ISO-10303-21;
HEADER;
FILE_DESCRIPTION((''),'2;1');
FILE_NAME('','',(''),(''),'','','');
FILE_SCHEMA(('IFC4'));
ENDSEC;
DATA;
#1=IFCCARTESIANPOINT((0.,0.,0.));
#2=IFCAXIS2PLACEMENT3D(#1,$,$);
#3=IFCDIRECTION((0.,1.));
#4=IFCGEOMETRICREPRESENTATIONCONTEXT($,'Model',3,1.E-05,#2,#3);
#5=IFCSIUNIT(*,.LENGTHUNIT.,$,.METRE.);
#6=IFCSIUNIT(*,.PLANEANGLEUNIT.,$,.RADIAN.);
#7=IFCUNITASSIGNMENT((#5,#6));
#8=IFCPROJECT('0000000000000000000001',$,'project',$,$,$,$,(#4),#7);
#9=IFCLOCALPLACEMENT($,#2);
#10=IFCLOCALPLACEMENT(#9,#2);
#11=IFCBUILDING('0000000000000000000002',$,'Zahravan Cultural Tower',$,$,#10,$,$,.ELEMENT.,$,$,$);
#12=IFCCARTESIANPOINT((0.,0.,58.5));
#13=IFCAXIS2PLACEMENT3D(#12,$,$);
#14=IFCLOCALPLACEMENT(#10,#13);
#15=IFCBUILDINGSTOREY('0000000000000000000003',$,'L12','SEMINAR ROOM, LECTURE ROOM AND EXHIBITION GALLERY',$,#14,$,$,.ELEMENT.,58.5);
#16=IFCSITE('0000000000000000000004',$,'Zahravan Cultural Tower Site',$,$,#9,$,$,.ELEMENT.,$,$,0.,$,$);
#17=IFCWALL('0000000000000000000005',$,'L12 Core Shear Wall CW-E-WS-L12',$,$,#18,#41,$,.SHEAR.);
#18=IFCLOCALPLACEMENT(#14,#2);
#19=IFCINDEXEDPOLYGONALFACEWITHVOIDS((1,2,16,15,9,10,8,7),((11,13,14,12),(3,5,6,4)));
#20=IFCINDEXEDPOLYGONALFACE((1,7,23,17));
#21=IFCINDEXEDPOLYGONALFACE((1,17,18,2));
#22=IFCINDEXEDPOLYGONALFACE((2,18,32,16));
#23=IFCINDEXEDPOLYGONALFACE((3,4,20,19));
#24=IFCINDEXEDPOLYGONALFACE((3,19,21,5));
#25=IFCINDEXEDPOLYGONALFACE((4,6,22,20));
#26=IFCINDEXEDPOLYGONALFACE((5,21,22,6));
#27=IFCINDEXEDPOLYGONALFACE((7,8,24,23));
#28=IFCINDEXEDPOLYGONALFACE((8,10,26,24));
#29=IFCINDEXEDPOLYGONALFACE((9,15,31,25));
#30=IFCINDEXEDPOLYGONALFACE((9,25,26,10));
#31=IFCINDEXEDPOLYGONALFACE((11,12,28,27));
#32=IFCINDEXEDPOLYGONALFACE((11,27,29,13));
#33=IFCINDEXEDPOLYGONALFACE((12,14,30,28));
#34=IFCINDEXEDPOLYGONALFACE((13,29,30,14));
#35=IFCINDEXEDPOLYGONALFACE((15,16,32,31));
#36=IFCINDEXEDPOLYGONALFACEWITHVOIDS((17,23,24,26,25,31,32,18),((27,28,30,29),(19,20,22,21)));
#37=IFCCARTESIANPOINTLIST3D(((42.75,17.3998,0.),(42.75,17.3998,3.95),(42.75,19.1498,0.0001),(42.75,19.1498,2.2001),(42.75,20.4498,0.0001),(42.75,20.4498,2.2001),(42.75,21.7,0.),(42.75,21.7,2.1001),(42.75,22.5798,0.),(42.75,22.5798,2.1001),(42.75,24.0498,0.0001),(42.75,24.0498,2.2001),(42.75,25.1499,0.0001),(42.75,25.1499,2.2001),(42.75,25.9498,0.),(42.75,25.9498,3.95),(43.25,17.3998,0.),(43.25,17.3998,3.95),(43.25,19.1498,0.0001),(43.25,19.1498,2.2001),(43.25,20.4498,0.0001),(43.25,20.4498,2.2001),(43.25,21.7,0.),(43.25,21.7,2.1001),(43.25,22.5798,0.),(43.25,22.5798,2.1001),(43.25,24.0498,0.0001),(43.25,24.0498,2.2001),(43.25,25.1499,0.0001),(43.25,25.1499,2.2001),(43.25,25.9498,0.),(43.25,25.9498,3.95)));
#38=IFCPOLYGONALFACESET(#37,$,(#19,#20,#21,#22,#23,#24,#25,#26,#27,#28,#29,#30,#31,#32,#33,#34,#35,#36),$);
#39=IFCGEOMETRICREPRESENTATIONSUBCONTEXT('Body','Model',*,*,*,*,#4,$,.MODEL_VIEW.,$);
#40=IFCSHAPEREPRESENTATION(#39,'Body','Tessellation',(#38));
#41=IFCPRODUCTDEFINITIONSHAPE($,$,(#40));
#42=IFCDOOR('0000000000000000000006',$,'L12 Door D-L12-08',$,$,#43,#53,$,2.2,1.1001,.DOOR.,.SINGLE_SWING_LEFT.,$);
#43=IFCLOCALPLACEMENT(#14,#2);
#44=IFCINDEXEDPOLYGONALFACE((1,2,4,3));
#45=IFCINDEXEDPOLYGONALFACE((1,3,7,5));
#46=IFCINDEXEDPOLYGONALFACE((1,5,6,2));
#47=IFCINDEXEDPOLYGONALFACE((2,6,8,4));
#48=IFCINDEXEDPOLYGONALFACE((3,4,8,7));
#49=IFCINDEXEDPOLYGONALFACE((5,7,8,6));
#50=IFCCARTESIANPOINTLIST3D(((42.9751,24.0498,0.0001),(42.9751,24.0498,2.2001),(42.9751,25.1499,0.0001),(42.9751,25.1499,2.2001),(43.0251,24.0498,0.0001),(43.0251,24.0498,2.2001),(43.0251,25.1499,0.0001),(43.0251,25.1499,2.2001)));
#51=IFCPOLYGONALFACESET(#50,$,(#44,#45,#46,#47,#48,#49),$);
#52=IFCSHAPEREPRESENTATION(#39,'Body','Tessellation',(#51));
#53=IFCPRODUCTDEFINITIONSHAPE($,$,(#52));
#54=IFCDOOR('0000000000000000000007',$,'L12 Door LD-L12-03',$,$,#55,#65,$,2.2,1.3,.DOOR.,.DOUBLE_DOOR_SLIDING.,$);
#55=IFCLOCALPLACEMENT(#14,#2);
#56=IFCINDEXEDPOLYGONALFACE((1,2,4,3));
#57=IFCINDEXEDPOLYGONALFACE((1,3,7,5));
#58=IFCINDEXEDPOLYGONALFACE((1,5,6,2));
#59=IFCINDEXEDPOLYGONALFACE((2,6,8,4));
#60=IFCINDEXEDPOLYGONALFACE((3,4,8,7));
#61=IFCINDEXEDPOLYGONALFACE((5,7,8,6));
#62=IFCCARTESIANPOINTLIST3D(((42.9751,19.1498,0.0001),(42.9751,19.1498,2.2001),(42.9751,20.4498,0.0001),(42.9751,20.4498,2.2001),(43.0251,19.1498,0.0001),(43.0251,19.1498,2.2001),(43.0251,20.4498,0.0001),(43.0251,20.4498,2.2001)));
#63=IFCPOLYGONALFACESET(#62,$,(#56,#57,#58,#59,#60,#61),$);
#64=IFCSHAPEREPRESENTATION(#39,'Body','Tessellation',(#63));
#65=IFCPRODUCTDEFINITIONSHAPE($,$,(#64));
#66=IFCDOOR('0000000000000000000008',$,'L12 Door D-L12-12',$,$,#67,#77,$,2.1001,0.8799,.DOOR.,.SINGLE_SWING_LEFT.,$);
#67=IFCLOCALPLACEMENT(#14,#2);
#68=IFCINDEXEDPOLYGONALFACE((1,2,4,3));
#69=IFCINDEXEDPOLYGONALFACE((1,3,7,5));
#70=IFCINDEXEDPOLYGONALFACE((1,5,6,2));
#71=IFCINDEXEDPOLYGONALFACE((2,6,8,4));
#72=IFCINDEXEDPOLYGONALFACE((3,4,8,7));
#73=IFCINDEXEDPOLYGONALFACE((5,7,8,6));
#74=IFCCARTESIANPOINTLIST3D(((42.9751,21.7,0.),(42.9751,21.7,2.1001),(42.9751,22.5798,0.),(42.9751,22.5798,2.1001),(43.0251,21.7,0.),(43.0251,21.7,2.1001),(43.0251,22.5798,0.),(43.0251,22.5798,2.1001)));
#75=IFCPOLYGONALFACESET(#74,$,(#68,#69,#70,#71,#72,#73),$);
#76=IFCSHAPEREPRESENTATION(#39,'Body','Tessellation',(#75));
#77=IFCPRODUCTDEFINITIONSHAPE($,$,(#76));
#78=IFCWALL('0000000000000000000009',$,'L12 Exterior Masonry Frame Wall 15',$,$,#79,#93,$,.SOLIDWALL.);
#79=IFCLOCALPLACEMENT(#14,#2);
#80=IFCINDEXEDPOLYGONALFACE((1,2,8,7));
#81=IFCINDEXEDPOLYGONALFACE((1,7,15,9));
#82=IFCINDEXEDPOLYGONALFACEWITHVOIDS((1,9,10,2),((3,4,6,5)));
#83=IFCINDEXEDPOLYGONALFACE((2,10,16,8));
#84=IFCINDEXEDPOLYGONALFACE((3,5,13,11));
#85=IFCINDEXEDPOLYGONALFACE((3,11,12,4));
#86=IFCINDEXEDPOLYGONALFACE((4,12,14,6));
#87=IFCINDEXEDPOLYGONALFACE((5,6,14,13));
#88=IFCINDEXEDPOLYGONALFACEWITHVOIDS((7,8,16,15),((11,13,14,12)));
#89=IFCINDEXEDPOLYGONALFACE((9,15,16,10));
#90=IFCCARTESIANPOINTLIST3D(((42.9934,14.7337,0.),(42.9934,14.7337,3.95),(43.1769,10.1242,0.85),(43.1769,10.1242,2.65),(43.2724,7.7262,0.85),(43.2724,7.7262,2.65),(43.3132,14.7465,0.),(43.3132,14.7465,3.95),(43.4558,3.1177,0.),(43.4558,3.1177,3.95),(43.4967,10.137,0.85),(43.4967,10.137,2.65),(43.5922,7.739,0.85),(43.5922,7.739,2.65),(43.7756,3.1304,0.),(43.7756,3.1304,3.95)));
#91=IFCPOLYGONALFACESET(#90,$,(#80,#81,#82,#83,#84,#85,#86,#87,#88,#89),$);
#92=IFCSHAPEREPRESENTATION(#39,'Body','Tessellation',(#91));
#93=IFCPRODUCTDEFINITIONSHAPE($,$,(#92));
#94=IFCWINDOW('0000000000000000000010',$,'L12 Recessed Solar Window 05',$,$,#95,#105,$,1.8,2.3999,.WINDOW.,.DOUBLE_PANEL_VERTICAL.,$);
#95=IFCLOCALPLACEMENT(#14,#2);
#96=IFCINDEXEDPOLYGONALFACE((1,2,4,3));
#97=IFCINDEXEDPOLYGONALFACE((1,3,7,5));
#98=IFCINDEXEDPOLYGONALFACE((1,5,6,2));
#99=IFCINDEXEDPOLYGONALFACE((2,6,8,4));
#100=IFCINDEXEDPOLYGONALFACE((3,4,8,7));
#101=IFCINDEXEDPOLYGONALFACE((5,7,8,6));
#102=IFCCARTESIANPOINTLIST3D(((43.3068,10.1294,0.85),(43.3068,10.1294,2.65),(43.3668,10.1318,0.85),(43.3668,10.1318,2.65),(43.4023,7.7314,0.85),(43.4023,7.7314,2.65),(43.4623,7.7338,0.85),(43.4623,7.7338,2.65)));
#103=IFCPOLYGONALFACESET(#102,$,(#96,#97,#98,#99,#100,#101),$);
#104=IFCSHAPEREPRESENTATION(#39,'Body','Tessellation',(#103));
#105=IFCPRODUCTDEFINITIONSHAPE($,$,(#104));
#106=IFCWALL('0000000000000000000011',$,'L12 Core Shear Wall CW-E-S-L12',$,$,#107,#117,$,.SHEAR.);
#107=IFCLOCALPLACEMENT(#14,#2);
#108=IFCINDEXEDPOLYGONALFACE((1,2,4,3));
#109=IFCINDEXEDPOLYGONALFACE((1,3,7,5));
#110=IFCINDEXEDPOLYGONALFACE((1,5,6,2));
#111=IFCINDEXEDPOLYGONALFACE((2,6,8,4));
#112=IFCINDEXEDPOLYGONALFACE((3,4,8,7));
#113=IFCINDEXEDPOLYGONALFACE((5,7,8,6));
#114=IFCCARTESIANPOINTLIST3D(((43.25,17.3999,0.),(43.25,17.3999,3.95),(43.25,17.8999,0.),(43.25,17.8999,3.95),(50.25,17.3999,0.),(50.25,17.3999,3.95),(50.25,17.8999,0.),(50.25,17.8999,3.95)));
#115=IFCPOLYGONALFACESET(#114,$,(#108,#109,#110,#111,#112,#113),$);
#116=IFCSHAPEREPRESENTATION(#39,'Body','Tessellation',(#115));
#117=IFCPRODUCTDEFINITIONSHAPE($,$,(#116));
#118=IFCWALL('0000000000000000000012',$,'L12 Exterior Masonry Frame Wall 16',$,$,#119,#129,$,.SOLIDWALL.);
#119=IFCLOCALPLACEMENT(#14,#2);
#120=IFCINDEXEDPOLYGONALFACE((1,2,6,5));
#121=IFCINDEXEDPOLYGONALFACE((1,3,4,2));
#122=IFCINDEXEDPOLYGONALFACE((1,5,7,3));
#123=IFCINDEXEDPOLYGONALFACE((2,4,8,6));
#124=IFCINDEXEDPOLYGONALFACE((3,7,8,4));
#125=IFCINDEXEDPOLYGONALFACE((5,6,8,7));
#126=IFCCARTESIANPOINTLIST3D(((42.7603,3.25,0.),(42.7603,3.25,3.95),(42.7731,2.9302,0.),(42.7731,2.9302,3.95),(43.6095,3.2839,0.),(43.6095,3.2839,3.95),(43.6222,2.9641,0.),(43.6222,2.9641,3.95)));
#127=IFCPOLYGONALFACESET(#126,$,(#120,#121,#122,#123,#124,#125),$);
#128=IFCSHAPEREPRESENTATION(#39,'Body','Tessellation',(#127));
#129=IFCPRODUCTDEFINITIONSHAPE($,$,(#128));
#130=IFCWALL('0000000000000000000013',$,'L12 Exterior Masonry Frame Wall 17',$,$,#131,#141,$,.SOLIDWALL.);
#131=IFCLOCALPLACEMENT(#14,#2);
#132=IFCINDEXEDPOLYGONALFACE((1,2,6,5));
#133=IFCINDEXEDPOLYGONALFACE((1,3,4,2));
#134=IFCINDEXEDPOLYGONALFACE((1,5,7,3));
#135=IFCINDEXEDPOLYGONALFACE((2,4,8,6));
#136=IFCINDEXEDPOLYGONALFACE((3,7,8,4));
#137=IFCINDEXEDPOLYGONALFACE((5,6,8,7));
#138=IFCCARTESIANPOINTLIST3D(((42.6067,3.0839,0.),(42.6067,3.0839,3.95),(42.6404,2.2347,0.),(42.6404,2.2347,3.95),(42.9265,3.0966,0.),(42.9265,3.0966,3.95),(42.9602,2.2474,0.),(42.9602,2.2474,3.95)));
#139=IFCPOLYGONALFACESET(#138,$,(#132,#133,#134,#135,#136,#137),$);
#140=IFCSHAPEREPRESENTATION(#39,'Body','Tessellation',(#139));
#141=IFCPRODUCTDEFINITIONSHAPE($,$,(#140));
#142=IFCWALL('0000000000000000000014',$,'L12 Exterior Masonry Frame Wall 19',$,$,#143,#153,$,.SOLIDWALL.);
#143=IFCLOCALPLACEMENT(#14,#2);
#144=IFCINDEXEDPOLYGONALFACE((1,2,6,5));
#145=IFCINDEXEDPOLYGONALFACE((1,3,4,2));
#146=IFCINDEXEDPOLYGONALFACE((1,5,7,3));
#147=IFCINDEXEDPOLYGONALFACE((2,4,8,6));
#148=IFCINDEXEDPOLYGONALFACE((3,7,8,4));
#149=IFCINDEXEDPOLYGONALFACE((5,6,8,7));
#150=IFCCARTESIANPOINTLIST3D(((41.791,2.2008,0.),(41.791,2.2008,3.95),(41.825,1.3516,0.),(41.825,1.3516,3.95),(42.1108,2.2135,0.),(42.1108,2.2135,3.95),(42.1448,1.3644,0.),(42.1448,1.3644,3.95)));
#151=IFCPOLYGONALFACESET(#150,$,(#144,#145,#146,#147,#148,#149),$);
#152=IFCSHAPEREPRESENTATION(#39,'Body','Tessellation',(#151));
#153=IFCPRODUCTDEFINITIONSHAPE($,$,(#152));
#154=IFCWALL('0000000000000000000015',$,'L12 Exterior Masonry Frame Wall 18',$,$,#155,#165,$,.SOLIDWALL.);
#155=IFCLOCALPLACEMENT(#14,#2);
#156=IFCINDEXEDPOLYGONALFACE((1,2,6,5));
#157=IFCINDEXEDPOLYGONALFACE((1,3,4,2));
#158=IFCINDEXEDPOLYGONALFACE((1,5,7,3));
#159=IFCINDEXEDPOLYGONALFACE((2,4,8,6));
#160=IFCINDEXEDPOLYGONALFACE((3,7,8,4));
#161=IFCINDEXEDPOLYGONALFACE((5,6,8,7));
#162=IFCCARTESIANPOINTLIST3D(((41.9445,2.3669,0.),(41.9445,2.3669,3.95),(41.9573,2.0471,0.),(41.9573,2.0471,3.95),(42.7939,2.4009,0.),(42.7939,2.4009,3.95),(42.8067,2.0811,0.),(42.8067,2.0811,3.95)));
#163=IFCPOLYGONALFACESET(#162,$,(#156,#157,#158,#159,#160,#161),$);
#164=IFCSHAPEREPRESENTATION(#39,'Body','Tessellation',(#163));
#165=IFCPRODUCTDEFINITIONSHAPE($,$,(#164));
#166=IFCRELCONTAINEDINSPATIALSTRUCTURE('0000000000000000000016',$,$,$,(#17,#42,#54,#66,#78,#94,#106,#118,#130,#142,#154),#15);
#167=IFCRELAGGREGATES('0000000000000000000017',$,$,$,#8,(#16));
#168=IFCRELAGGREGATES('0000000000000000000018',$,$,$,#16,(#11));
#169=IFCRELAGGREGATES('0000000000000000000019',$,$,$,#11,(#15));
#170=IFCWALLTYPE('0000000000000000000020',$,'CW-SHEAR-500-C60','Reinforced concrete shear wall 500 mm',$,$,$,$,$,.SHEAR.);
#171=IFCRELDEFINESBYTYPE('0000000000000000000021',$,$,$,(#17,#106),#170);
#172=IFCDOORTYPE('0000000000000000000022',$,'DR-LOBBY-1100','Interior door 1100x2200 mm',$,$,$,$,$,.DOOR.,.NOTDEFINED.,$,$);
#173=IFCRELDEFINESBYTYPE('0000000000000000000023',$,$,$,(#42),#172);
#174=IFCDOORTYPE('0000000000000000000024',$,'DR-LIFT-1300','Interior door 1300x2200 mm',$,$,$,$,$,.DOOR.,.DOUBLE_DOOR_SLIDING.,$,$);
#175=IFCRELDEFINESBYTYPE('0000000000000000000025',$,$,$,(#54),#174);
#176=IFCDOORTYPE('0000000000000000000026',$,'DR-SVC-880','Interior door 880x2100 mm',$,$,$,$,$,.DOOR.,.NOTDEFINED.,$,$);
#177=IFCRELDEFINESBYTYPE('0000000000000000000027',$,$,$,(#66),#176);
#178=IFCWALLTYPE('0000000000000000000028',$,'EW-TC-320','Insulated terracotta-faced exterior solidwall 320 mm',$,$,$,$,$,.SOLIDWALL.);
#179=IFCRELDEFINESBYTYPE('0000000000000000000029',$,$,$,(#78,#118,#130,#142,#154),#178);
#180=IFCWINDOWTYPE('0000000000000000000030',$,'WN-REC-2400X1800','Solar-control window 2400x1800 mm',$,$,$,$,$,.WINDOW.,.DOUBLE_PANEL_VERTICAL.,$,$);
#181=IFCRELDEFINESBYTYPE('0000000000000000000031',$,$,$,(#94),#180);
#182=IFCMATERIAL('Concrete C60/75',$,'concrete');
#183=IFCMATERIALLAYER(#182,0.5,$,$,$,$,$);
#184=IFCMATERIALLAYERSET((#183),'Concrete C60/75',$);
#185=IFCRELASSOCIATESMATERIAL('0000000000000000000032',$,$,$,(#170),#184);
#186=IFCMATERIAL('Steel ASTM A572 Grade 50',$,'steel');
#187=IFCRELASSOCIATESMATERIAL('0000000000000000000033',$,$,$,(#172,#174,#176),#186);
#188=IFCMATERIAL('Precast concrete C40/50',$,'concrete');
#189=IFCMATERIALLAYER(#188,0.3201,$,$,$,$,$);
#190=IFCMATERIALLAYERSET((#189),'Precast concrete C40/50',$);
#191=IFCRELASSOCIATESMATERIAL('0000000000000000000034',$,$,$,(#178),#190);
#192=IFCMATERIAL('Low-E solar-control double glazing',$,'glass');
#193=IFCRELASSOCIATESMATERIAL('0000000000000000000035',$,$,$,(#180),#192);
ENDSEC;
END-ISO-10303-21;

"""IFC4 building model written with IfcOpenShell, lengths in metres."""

from ifc_helpers import new_model, si_unit, direction, frame, frame_2d, origin, place, context, subcontext, project, spatial, rectangle, extrude, source, transform, mapped, material, layer, layer_set, type_object, element, fill, save


model = new_model("IFC4")

# Units and contexts
model_context = context("Model", 3, precision=1e-05, world=origin(), true_north=direction((0.0, 1.0)))
body_context = subcontext(model_context, "Body", "Model", "MODEL_VIEW")
ifc_project = project(units=[si_unit("LENGTHUNIT", "METRE"), si_unit("PLANEANGLEUNIT", "RADIAN")], contexts=[model_context])

# Site, building, storey
site_placement = place(None, origin())
site = spatial("IfcSite", under=ifc_project, at=site_placement, Name="Zahravan Cultural Tower Site", CompositionType="ELEMENT", RefElevation=0.0)
building_placement = place(site_placement, origin())
building = spatial("IfcBuilding", under=site, at=building_placement, Name="Zahravan Cultural Tower", CompositionType="ELEMENT")
storey_placement = place(building_placement, frame((0.0, 0.0, 58.5)))
storey = spatial("IfcBuildingStorey", under=building, at=storey_placement, Name="L12", Description="SEMINAR ROOM, LECTURE ROOM AND EXHIBITION GALLERY", CompositionType="ELEMENT", Elevation=58.5)

# Shared definitions
ifc_material_1 = material(Name="Concrete C60/75", Category="concrete")
ifc_material_2 = material(Name="Steel ASTM A572 Grade 50", Category="steel")

# Wall, openings, doors
ifc_layer_1 = layer(ifc_material_1, 0.5)
ifc_layer_set_1 = layer_set([ifc_layer_1], Name="Concrete C60/75")
wall_type_1 = type_object("IfcWallType", Name="CW-SHEAR-500-C60", Description="Reinforced concrete shear wall 500 mm", PredefinedType="SHEAR", material=ifc_layer_set_1)
wall_1_placement = place(storey_placement, frame((43.0, 17.3999, 0.0), z_axis=(0.0, 0.0, 1.0), x_axis=(0.0, 1.0, 0.0)))
wall_1 = element("IfcWall", 1, at=wall_1_placement, inside=storey, type_object=wall_type_1, Name="L12 Core Shear Wall CW-E-WS-L12", PredefinedType="SHEAR", context=body_context, shape_type="SweptSolid", body=[
    extrude(rectangle(XDim=8.55, YDim=0.5, at=frame_2d((4.2749, 0.0))), origin(), (0.0, 0.0, 1.0), 3.95),
])
opening_1_placement = place(wall_1_placement, frame((6.6499, 0.0, 0.0)))
opening_1 = element("IfcOpeningElement", 2, at=opening_1_placement, cuts=wall_1, PredefinedType="OPENING", context=body_context, shape_type="SweptSolid", body=[
    extrude(rectangle(XDim=1.1001, YDim=2.2, at=frame_2d((0.55, 1.1001))), frame((0.0, 0.26, 0.0), z_axis=(0.0, -1.0, 0.0), x_axis=(1.0, 0.0, 0.0)), (0.0, 0.0, 1.0), 0.52),
])
opening_2_placement = place(wall_1_placement, frame((1.75, 0.0, 0.0)))
opening_2 = element("IfcOpeningElement", 3, at=opening_2_placement, cuts=wall_1, PredefinedType="OPENING", context=body_context, shape_type="SweptSolid", body=[
    extrude(rectangle(XDim=1.3, YDim=2.2, at=frame_2d((0.6499, 1.1001))), frame((0.0, 0.26, 0.0), z_axis=(0.0, -1.0, 0.0), x_axis=(1.0, 0.0, 0.0)), (0.0, 0.0, 1.0), 0.52),
])
opening_3_placement = place(wall_1_placement, frame((4.3, 0.0, 0.0)))
opening_3 = element("IfcOpeningElement", 4, at=opening_3_placement, cuts=wall_1, PredefinedType="OPENING", context=body_context, shape_type="SweptSolid", body=[
    extrude(rectangle(XDim=0.8799, YDim=2.1001, at=frame_2d((0.4399, 1.05))), frame((0.0, 0.26, 0.0), z_axis=(0.0, -1.0, 0.0), x_axis=(1.0, 0.0, 0.0)), (0.0, 0.0, 1.0), 0.52),
])
door_type_1 = type_object("IfcDoorType", Name="DR-LOBBY-1100", Description="Interior door 1100x2200 mm", OperationType="NOTDEFINED", PredefinedType="DOOR", material=ifc_material_2)
shared_shape_1 = source(origin(), body_context, "Body", "SweptSolid", [
    extrude(rectangle(XDim=1.1001, YDim=2.2, at=frame_2d((0.55, 1.1001))), frame((0.0, 0.0249, 0.0), z_axis=(0.0, -1.0, 0.0), x_axis=(1.0, 0.0, 0.0)), (0.0, 0.0, 1.0), 0.05),
])
door_1_placement = place(opening_1_placement, origin())
door_1 = element("IfcDoor", 5, at=door_1_placement, inside=storey, type_object=door_type_1, Name="L12 Door D-L12-08", OperationType="SINGLE_SWING_LEFT", OverallHeight=2.2, OverallWidth=1.1001, PredefinedType="DOOR", context=body_context, shape_type="MappedRepresentation", body=[
    mapped(shared_shape_1, transform((0.0, 0.0, 0.0), x_axis=(1.0, 0.0, 0.0), y_axis=(0.0, 1.0, 0.0), z_axis=(0.0, 0.0, 1.0), scale=1.0)),
])
fill(opening_1, door_1)
door_type_2 = type_object("IfcDoorType", Name="DR-LIFT-1300", Description="Interior door 1300x2200 mm", OperationType="DOUBLE_DOOR_SLIDING", PredefinedType="DOOR", material=ifc_material_2)
shared_shape_2 = source(origin(), body_context, "Body", "SweptSolid", [
    extrude(rectangle(XDim=1.3, YDim=2.2, at=frame_2d((0.6499, 1.1001))), frame((0.0, 0.0249, 0.0), z_axis=(0.0, -1.0, 0.0), x_axis=(1.0, 0.0, 0.0)), (0.0, 0.0, 1.0), 0.05),
])
door_2_placement = place(opening_2_placement, origin())
door_2 = element("IfcDoor", 6, at=door_2_placement, inside=storey, type_object=door_type_2, Name="L12 Door LD-L12-03", OperationType="DOUBLE_DOOR_SLIDING", OverallHeight=2.2, OverallWidth=1.3, PredefinedType="DOOR", context=body_context, shape_type="MappedRepresentation", body=[
    mapped(shared_shape_2, transform((0.0, 0.0, 0.0), x_axis=(1.0, 0.0, 0.0), y_axis=(0.0, 1.0, 0.0), z_axis=(0.0, 0.0, 1.0), scale=1.0)),
])
fill(opening_2, door_2)
door_type_3 = type_object("IfcDoorType", Name="DR-SVC-880", Description="Interior door 880x2100 mm", OperationType="NOTDEFINED", PredefinedType="DOOR", material=ifc_material_2)
shared_shape_3 = source(origin(), body_context, "Body", "SweptSolid", [
    extrude(rectangle(XDim=0.8799, YDim=2.1001, at=frame_2d((0.4399, 1.05))), frame((0.0, 0.0249, 0.0), z_axis=(0.0, -1.0, 0.0), x_axis=(1.0, 0.0, 0.0)), (0.0, 0.0, 1.0), 0.05),
])
door_3_placement = place(opening_3_placement, origin())
door_3 = element("IfcDoor", 7, at=door_3_placement, inside=storey, type_object=door_type_3, Name="L12 Door D-L12-12", OperationType="SINGLE_SWING_LEFT", OverallHeight=2.1001, OverallWidth=0.8799, PredefinedType="DOOR", context=body_context, shape_type="MappedRepresentation", body=[
    mapped(shared_shape_3, transform((0.0, 0.0, 0.0), x_axis=(1.0, 0.0, 0.0), y_axis=(0.0, 1.0, 0.0), z_axis=(0.0, 0.0, 1.0), scale=1.0)),
])
fill(opening_3, door_3)

# Wall, opening, window
ifc_material_3 = material(Name="Precast concrete C40/50", Category="concrete")
ifc_layer_2 = layer(ifc_material_3, 0.3201)
ifc_layer_set_2 = layer_set([ifc_layer_2], Name="Precast concrete C40/50")
wall_type_2 = type_object("IfcWallType", Name="EW-TC-320", Description="Insulated terracotta-faced exterior solidwall 320 mm", PredefinedType="SOLIDWALL", material=ifc_layer_set_2)
wall_2_placement = place(storey_placement, frame((43.1533, 14.74, 0.0), z_axis=(0.0, 0.0, 1.0), x_axis=(0.039776, -0.999209, 0.0)))
wall_2 = element("IfcWall", 8, at=wall_2_placement, inside=storey, type_object=wall_type_2, Name="L12 Exterior Masonry Frame Wall 15", PredefinedType="SOLIDWALL", context=body_context, shape_type="SweptSolid", body=[
    extrude(rectangle(XDim=11.6252, YDim=0.3201, at=frame_2d((5.8125, 0.0))), origin(), (0.0, 0.0, 1.0), 3.95),
])
opening_4_placement = place(wall_2_placement, frame((4.613, 0.0, 0.8501)))
opening_4 = element("IfcOpeningElement", 9, at=opening_4_placement, cuts=wall_2, PredefinedType="OPENING", context=body_context, shape_type="SweptSolid", body=[
    extrude(rectangle(XDim=2.3999, YDim=1.8, at=frame_2d((1.2, 0.8999))), frame((0.0, 0.1699, 0.0), z_axis=(0.0, -1.0, 0.0), x_axis=(1.0, 0.0, 0.0)), (0.0, 0.0, 1.0), 0.3401),
])
ifc_material_4 = material(Name="Low-E solar-control double glazing", Category="glass")
window_type = type_object("IfcWindowType", Name="WN-REC-2400X1800", Description="Solar-control window 2400x1800 mm", PartitioningType="DOUBLE_PANEL_VERTICAL", PredefinedType="WINDOW", material=ifc_material_4)
shared_shape_4 = source(origin(), body_context, "Body", "SweptSolid", [
    extrude(rectangle(XDim=2.3999, YDim=1.8, at=frame_2d((1.2, 0.8999))), frame((0.0, 0.03, 0.0), z_axis=(0.0, -1.0, 0.0), x_axis=(1.0, 0.0, 0.0)), (0.0, 0.0, 1.0), 0.0601),
])
window_placement = place(opening_4_placement, origin())
window = element("IfcWindow", 10, at=window_placement, inside=storey, type_object=window_type, Name="L12 Recessed Solar Window 05", OverallHeight=1.8, OverallWidth=2.3999, PartitioningType="DOUBLE_PANEL_VERTICAL", PredefinedType="WINDOW", context=body_context, shape_type="MappedRepresentation", body=[
    mapped(shared_shape_4, transform((0.0, 0.0, 0.0), x_axis=(1.0, 0.0, 0.0), y_axis=(0.0, 1.0, 0.0), z_axis=(0.0, 0.0, 1.0), scale=1.0)),
])
fill(opening_4, window)

# Walls
shared_shape_5 = source(origin(), body_context, "Body", "SweptSolid", [
    extrude(rectangle(XDim=7.0, YDim=0.5, at=frame_2d((3.5, 0.0))), origin(), (0.0, 0.0, 1.0), 3.95),
])
wall_3_placement = place(storey_placement, frame((43.25, 17.6499, 0.0), z_axis=(0.0, 0.0, 1.0), x_axis=(1.0, 0.0, 0.0)))
element("IfcWall", 11, at=wall_3_placement, inside=storey, type_object=wall_type_1, Name="L12 Core Shear Wall CW-E-S-L12", PredefinedType="SHEAR", context=body_context, shape_type="MappedRepresentation", body=[
    mapped(shared_shape_5, transform((0.0, 0.0, 0.0), x_axis=(1.0, 0.0, 0.0), y_axis=(0.0, 1.0, 0.0), z_axis=(0.0, 0.0, 1.0), scale=1.0)),
])
shared_shape_6 = source(origin(), body_context, "Body", "SweptSolid", [
    extrude(rectangle(XDim=0.8499, YDim=0.3201, at=frame_2d((0.4248, 0.0))), origin(), (0.0, 0.0, 1.0), 3.95),
])
for number, where, z_axis, x_axis, name in (
    (12, (43.6157, 3.124, 0.0), (0.0, 0.0, 1.0), (-0.999202, -0.039934, 0.0), "L12 Exterior Masonry Frame Wall 16"),
    (13, (42.7666, 3.0901, 0.0), (0.0, 0.0, 1.0), (0.039647, -0.999214, 0.0), "L12 Exterior Masonry Frame Wall 17"),
    (14, (41.9509, 2.207, 0.0), (0.0, 0.0, 1.0), (0.039934, -0.999202, 0.0), "L12 Exterior Masonry Frame Wall 19"),
):
    element("IfcWall", number, at=place(storey_placement, frame(where, z_axis=z_axis, x_axis=x_axis)), inside=storey, type_object=wall_type_2, Name=name, PredefinedType="SOLIDWALL", context=body_context, shape_type="MappedRepresentation", body=[
        mapped(shared_shape_6, transform((0.0, 0.0, 0.0), x_axis=(1.0, 0.0, 0.0), y_axis=(0.0, 1.0, 0.0), z_axis=(0.0, 0.0, 1.0), scale=1.0)),
    ])
shared_shape_7 = source(origin(), body_context, "Body", "SweptSolid", [
    extrude(rectangle(XDim=0.8501, YDim=0.3201, at=frame_2d((0.425, 0.0))), origin(), (0.0, 0.0, 1.0), 3.95),
])
wall_4_placement = place(storey_placement, frame((42.8003, 2.241, 0.0), z_axis=(0.0, 0.0, 1.0), x_axis=(-0.999203, -0.039922, 0.0)))
element("IfcWall", 15, at=wall_4_placement, inside=storey, type_object=wall_type_2, Name="L12 Exterior Masonry Frame Wall 18", PredefinedType="SOLIDWALL", context=body_context, shape_type="MappedRepresentation", body=[
    mapped(shared_shape_7, transform((0.0, 0.0, 0.0), x_axis=(1.0, 0.0, 0.0), y_axis=(0.0, 1.0, 0.0), z_axis=(0.0, 0.0, 1.0), scale=1.0)),
])

save(model, "model.ifc")
